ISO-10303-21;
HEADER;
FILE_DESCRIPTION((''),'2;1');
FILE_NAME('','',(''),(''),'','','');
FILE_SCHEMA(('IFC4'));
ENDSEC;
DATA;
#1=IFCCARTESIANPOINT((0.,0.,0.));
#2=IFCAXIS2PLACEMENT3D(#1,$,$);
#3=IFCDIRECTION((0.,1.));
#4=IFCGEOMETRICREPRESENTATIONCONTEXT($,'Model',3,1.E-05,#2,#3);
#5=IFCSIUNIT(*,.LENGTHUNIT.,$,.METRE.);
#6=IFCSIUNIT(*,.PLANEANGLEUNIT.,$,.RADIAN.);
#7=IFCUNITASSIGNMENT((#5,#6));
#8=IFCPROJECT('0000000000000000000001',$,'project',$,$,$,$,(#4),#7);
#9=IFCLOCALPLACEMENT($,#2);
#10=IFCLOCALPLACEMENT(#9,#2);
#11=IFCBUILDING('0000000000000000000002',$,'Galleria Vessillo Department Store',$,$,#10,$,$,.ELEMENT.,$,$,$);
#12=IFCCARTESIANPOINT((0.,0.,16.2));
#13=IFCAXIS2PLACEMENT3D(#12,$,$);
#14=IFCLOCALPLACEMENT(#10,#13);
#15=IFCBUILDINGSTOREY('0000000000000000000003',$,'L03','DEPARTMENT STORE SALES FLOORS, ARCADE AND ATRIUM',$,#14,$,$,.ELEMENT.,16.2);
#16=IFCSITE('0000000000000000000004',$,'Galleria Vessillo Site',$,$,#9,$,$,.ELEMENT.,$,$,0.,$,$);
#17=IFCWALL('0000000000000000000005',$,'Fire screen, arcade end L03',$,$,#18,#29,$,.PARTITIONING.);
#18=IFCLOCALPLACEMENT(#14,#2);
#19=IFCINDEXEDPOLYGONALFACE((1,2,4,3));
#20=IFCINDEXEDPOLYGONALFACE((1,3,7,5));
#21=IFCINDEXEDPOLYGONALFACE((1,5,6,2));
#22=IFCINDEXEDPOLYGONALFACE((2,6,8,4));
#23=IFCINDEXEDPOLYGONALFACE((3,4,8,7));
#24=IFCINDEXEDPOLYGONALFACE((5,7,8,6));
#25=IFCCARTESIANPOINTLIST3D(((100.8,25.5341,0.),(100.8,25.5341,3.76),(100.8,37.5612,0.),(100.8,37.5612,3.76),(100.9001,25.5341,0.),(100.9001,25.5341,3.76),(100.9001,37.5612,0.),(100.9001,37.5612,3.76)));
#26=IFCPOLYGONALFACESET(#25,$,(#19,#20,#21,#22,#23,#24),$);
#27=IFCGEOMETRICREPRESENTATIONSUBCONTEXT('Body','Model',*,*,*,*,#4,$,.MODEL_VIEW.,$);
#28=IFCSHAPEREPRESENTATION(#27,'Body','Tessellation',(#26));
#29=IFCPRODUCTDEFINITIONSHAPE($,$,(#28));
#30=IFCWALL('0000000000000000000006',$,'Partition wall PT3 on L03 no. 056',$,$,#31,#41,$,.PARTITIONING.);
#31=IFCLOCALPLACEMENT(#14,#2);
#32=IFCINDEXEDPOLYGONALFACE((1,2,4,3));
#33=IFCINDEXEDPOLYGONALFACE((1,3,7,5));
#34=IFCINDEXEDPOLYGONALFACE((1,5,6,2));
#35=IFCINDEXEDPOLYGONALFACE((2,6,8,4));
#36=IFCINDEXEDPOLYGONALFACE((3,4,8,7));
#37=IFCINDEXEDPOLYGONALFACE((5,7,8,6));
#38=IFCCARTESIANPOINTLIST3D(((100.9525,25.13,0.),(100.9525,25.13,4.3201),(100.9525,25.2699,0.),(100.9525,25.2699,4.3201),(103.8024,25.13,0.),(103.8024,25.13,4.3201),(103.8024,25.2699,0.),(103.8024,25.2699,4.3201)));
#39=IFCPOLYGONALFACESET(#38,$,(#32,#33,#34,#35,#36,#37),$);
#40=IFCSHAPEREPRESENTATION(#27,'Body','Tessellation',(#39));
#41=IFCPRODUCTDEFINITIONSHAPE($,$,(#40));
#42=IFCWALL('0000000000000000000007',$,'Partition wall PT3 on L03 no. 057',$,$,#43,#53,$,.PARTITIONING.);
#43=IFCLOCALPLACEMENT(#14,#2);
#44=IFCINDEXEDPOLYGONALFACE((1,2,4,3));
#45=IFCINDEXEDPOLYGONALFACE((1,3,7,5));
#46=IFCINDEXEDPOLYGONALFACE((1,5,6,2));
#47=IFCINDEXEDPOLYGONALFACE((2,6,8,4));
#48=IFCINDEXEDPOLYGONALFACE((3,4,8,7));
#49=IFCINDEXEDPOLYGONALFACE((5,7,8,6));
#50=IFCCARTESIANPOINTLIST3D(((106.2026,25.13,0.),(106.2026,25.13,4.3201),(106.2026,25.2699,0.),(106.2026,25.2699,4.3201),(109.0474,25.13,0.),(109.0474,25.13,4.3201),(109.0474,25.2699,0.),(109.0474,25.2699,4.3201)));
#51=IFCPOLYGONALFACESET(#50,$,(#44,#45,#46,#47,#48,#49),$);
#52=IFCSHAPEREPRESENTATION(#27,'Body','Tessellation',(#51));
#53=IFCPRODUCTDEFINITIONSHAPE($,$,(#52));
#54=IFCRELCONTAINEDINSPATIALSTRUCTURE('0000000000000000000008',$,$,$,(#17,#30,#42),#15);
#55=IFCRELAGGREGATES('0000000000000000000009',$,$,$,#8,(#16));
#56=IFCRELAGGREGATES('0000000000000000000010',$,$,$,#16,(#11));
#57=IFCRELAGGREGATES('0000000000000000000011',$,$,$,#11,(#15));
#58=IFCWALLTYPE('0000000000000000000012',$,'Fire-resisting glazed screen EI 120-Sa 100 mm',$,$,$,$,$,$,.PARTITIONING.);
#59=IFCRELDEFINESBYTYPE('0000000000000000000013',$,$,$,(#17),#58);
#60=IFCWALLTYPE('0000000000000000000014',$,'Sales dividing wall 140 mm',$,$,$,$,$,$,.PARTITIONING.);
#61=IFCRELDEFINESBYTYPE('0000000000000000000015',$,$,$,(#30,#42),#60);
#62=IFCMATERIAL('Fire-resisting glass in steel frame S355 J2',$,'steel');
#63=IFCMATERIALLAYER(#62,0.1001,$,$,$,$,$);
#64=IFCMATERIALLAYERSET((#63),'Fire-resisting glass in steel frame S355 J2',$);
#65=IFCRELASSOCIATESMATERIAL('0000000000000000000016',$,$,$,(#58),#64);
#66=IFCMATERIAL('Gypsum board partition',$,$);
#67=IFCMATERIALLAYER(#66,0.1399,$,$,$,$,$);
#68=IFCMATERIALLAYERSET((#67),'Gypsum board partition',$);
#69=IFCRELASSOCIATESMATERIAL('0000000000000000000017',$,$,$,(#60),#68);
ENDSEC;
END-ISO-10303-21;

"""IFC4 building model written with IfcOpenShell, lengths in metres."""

from ifc_helpers import new_model, si_unit, direction, frame, frame_2d, origin, place, context, subcontext, project, spatial, rectangle, extrude, material, layer, layer_set, type_object, element, save


model = new_model("IFC4")

# Units and contexts
model_context = context("Model", 3, precision=1e-05, world=origin(), true_north=direction((0.0, 1.0)))
body_context = subcontext(model_context, "Body", "Model", "MODEL_VIEW")
ifc_project = project(units=[si_unit("LENGTHUNIT", "METRE"), si_unit("PLANEANGLEUNIT", "RADIAN")], contexts=[model_context])

# Site, building, storey
site_placement = place(None, origin())
site = spatial("IfcSite", under=ifc_project, at=site_placement, Name="Galleria Vessillo Site", CompositionType="ELEMENT", RefElevation=0.0)
building_placement = place(site_placement, origin())
building = spatial("IfcBuilding", under=site, at=building_placement, Name="Galleria Vessillo Department Store", CompositionType="ELEMENT")
storey_placement = place(building_placement, frame((0.0, 0.0, 16.2)))
storey = spatial("IfcBuildingStorey", under=building, at=storey_placement, Name="L03", Description="DEPARTMENT STORE SALES FLOORS, ARCADE AND ATRIUM", CompositionType="ELEMENT", Elevation=16.2)

# Walls
ifc_material_1 = material(Name="Fire-resisting glass in steel frame S355 J2", Category="steel")
ifc_layer_1 = layer(ifc_material_1, 0.1001)
ifc_layer_set_1 = layer_set([ifc_layer_1], Name="Fire-resisting glass in steel frame S355 J2")
wall_type_1 = type_object("IfcWallType", Name="Fire-resisting glazed screen EI 120-Sa 100 mm", PredefinedType="PARTITIONING", material=ifc_layer_set_1)
wall_1_placement = place(storey_placement, frame((100.8501, 25.5339, 0.0), z_axis=(0.0, 0.0, 1.0), x_axis=(0.0, 1.0, 0.0)))
element("IfcWall", 1, at=wall_1_placement, inside=storey, type_object=wall_type_1, Name="Fire screen, arcade end L03", PredefinedType="PARTITIONING", context=body_context, shape_type="SweptSolid", body=[
    extrude(rectangle(XDim=12.0271, YDim=0.1001, at=frame_2d((6.0137, 0.0))), origin(), (0.0, 0.0, 1.0), 3.76),
])
ifc_material_2 = material(Name="Gypsum board partition")
ifc_layer_2 = layer(ifc_material_2, 0.1399)
ifc_layer_set_2 = layer_set([ifc_layer_2], Name="Gypsum board partition")
wall_type_2 = type_object("IfcWallType", Name="Sales dividing wall 140 mm", PredefinedType="PARTITIONING", material=ifc_layer_set_2)
wall_2_placement = place(storey_placement, frame((100.9526, 25.2, 0.0), z_axis=(0.0, 0.0, 1.0), x_axis=(1.0, 0.0, 0.0)))
element("IfcWall", 2, at=wall_2_placement, inside=storey, type_object=wall_type_2, Name="Partition wall PT3 on L03 no. 056", PredefinedType="PARTITIONING", context=body_context, shape_type="SweptSolid", body=[
    extrude(rectangle(XDim=2.8499, YDim=0.1399, at=frame_2d((1.4248, 0.0))), origin(), (0.0, 0.0, 1.0), 4.3201),
])
wall_3_placement = place(storey_placement, frame((106.2026, 25.2, 0.0), z_axis=(0.0, 0.0, 1.0), x_axis=(1.0, 0.0, 0.0)))
element("IfcWall", 3, at=wall_3_placement, inside=storey, type_object=wall_type_2, Name="Partition wall PT3 on L03 no. 057", PredefinedType="PARTITIONING", context=body_context, shape_type="SweptSolid", body=[
    extrude(rectangle(XDim=2.8447, YDim=0.1399, at=frame_2d((1.4224, 0.0))), origin(), (0.0, 0.0, 1.0), 4.3201),
])

save(model, "model.ifc")
